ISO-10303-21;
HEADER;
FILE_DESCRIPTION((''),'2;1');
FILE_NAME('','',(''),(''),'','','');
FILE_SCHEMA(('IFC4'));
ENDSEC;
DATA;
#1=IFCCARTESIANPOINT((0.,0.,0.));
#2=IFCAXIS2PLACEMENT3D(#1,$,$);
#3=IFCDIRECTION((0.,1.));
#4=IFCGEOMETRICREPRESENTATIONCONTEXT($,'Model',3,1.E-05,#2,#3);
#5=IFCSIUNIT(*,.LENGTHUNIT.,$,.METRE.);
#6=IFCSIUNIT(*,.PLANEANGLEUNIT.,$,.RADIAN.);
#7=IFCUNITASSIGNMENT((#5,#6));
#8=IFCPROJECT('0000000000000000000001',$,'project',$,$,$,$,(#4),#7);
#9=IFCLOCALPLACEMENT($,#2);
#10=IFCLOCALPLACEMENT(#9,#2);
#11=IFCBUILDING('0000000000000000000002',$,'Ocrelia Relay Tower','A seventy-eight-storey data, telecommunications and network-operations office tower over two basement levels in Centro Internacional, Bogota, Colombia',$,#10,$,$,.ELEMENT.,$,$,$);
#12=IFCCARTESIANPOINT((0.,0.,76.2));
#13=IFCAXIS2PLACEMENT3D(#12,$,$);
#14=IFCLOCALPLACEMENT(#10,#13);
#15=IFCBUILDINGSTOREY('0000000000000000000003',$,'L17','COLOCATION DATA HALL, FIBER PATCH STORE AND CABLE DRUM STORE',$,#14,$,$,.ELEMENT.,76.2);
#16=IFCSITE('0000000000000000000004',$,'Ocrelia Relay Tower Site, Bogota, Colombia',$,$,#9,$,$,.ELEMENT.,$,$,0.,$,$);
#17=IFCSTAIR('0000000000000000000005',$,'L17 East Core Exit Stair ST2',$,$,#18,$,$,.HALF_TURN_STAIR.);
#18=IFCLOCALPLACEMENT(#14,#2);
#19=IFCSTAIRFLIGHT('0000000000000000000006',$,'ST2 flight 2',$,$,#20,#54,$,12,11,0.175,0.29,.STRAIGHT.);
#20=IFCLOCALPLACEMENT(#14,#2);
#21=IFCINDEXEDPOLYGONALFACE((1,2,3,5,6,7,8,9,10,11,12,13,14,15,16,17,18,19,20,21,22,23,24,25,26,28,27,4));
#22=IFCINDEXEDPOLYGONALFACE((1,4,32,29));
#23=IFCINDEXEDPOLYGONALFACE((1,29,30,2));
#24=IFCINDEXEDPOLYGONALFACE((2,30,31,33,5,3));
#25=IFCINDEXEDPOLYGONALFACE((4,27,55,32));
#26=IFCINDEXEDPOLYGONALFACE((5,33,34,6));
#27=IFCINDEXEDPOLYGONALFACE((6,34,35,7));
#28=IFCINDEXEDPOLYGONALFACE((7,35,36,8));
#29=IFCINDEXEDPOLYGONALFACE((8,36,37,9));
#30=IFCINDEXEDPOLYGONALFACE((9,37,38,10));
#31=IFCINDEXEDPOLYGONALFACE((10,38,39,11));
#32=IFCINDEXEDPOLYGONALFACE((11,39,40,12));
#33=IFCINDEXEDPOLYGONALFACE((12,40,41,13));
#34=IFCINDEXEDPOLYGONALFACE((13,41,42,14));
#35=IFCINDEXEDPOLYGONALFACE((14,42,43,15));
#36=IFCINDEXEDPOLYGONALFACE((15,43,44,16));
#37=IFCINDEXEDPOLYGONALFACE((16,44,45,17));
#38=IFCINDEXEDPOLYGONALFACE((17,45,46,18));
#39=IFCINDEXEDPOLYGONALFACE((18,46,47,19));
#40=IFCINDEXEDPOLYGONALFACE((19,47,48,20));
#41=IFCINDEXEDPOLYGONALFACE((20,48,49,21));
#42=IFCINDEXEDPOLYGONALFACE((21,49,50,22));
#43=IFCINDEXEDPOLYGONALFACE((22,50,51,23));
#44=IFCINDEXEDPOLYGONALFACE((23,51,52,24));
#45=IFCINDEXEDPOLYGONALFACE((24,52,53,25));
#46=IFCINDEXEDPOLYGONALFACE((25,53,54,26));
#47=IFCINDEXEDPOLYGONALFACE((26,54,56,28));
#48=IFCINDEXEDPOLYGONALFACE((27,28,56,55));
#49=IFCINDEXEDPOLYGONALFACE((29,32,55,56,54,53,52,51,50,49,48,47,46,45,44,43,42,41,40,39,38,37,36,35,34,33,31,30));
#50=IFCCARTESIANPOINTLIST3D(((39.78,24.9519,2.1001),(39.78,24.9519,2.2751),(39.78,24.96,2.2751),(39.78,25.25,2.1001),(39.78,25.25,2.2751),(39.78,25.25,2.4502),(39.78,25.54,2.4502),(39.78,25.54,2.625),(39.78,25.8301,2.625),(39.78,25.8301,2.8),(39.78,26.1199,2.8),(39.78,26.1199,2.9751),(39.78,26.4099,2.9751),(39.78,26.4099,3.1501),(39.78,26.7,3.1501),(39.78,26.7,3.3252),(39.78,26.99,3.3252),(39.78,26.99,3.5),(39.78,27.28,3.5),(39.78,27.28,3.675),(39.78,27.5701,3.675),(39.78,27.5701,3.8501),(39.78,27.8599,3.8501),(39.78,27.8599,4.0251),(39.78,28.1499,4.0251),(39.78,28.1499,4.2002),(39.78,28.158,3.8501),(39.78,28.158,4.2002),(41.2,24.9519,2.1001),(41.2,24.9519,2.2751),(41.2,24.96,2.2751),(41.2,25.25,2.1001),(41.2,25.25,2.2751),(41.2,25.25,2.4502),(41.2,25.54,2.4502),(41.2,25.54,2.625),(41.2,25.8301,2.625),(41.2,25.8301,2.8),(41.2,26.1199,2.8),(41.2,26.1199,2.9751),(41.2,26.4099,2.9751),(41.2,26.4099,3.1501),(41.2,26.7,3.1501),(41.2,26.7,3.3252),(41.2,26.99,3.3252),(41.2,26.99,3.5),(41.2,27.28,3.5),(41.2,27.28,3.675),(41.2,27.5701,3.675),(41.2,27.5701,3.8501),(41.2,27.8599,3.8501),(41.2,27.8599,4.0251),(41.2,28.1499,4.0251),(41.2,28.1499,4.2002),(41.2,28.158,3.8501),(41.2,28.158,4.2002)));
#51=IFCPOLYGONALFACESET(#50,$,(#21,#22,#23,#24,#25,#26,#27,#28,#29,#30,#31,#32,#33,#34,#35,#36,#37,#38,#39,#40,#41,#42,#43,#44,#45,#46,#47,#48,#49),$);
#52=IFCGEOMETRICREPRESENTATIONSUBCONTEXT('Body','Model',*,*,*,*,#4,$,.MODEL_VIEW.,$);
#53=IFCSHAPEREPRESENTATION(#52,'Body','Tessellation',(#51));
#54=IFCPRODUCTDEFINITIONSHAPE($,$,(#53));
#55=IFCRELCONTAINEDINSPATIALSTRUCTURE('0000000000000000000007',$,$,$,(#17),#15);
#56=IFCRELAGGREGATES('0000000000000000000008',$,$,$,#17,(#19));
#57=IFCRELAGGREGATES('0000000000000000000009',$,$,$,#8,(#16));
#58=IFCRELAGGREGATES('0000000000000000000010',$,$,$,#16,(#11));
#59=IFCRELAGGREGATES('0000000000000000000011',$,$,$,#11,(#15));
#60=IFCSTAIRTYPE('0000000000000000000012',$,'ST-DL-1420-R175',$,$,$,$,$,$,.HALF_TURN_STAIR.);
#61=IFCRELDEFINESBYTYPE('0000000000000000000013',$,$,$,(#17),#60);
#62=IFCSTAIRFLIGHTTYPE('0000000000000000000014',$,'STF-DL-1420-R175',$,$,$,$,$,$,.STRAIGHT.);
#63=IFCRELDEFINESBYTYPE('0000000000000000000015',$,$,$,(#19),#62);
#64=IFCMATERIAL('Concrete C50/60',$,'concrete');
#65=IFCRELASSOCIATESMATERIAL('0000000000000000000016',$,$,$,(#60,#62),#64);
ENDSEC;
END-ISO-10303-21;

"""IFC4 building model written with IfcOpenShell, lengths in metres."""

from ifc_helpers import new_model, si_unit, direction, frame, origin, place, context, subcontext, project, spatial, polyline, outline, extrude, material, type_object, element, aggregate, save


model = new_model("IFC4")

# Units and contexts
model_context = context("Model", 3, precision=1e-05, world=origin(), true_north=direction((0.0, 1.0)))
body_context = subcontext(model_context, "Body", "Model", "MODEL_VIEW")
ifc_project = project(units=[si_unit("LENGTHUNIT", "METRE"), si_unit("PLANEANGLEUNIT", "RADIAN")], contexts=[model_context])

# Site, building, storey
site_placement = place(None, origin())
site = spatial("IfcSite", under=ifc_project, at=site_placement, Name="Ocrelia Relay Tower Site, Bogota, Colombia", CompositionType="ELEMENT", RefElevation=0.0)
building_placement = place(site_placement, origin())
building = spatial("IfcBuilding", under=site, at=building_placement, Name="Ocrelia Relay Tower", Description="A seventy-eight-storey data, telecommunications and network-operations office tower over two basement levels in Centro Internacional, Bogota, Colombia", CompositionType="ELEMENT")
storey_placement = place(building_placement, frame((0.0, 0.0, 76.2)))
storey = spatial("IfcBuildingStorey", under=building, at=storey_placement, Name="L17", Description="COLOCATION DATA HALL, FIBER PATCH STORE AND CABLE DRUM STORE", CompositionType="ELEMENT", Elevation=76.2)

# Shared definitions
ifc_material_1 = material(Name="Concrete C50/60", Category="concrete")

# Stair, stair flight
stair_type = type_object("IfcStairType", Name="ST-DL-1420-R175", PredefinedType="HALF_TURN_STAIR", material=ifc_material_1)
stair_placement = place(storey_placement, origin())
stair = element("IfcStair", 1, at=stair_placement, inside=storey, type_object=stair_type, Name="L17 East Core Exit Stair ST2", PredefinedType="HALF_TURN_STAIR")
stair_flight_type = type_object("IfcStairFlightType", Name="STF-DL-1420-R175", PredefinedType="STRAIGHT", material=ifc_material_1)
stair_flight_placement = place(storey_placement, frame((40.49, 24.96, 2.1001), z_axis=(0.0, 0.0, 1.0), x_axis=(0.0, 1.0, 0.0)))
stair_flight = element("IfcStairFlight", 2, at=stair_flight_placement, type_object=stair_flight_type, Name="ST2 flight 2", NumberOfRisers=12, NumberOfTreads=11, PredefinedType="STRAIGHT", RiserHeight=0.175, TreadLength=0.29, context=body_context, shape_type="SweptSolid", body=[
    extrude(outline(polyline([(-0.0081, 0.0), (-0.0081, 0.175), (0.0, 0.175), (0.29, 0.175), (0.29, 0.3501), (0.5801, 0.3501), (0.5801, 0.5249), (0.8701, 0.5249), (0.8701, 0.7), (1.1599, 0.7), (1.1599, 0.875), (1.45, 0.875), (1.45, 1.05), (1.74, 1.05), (1.74, 1.2251), (2.03, 1.2251), (2.03, 1.3999), (2.3201, 1.3999), (2.3201, 1.575), (2.6101, 1.575), (2.6101, 1.75), (2.8999, 1.75), (2.8999, 1.925), (3.1899, 1.925), (3.1899, 2.1001), (3.198, 2.1001), (3.198, 1.75), (0.29, 0.0), (-0.0081, 0.0)])), frame((0.0, 0.71, 0.0), z_axis=(0.0, -1.0, 0.0), x_axis=(1.0, 0.0, 0.0)), (0.0, 0.0, 1.0), 1.4199),
])
aggregate(stair, [stair_flight])

save(model, "model.ifc")
